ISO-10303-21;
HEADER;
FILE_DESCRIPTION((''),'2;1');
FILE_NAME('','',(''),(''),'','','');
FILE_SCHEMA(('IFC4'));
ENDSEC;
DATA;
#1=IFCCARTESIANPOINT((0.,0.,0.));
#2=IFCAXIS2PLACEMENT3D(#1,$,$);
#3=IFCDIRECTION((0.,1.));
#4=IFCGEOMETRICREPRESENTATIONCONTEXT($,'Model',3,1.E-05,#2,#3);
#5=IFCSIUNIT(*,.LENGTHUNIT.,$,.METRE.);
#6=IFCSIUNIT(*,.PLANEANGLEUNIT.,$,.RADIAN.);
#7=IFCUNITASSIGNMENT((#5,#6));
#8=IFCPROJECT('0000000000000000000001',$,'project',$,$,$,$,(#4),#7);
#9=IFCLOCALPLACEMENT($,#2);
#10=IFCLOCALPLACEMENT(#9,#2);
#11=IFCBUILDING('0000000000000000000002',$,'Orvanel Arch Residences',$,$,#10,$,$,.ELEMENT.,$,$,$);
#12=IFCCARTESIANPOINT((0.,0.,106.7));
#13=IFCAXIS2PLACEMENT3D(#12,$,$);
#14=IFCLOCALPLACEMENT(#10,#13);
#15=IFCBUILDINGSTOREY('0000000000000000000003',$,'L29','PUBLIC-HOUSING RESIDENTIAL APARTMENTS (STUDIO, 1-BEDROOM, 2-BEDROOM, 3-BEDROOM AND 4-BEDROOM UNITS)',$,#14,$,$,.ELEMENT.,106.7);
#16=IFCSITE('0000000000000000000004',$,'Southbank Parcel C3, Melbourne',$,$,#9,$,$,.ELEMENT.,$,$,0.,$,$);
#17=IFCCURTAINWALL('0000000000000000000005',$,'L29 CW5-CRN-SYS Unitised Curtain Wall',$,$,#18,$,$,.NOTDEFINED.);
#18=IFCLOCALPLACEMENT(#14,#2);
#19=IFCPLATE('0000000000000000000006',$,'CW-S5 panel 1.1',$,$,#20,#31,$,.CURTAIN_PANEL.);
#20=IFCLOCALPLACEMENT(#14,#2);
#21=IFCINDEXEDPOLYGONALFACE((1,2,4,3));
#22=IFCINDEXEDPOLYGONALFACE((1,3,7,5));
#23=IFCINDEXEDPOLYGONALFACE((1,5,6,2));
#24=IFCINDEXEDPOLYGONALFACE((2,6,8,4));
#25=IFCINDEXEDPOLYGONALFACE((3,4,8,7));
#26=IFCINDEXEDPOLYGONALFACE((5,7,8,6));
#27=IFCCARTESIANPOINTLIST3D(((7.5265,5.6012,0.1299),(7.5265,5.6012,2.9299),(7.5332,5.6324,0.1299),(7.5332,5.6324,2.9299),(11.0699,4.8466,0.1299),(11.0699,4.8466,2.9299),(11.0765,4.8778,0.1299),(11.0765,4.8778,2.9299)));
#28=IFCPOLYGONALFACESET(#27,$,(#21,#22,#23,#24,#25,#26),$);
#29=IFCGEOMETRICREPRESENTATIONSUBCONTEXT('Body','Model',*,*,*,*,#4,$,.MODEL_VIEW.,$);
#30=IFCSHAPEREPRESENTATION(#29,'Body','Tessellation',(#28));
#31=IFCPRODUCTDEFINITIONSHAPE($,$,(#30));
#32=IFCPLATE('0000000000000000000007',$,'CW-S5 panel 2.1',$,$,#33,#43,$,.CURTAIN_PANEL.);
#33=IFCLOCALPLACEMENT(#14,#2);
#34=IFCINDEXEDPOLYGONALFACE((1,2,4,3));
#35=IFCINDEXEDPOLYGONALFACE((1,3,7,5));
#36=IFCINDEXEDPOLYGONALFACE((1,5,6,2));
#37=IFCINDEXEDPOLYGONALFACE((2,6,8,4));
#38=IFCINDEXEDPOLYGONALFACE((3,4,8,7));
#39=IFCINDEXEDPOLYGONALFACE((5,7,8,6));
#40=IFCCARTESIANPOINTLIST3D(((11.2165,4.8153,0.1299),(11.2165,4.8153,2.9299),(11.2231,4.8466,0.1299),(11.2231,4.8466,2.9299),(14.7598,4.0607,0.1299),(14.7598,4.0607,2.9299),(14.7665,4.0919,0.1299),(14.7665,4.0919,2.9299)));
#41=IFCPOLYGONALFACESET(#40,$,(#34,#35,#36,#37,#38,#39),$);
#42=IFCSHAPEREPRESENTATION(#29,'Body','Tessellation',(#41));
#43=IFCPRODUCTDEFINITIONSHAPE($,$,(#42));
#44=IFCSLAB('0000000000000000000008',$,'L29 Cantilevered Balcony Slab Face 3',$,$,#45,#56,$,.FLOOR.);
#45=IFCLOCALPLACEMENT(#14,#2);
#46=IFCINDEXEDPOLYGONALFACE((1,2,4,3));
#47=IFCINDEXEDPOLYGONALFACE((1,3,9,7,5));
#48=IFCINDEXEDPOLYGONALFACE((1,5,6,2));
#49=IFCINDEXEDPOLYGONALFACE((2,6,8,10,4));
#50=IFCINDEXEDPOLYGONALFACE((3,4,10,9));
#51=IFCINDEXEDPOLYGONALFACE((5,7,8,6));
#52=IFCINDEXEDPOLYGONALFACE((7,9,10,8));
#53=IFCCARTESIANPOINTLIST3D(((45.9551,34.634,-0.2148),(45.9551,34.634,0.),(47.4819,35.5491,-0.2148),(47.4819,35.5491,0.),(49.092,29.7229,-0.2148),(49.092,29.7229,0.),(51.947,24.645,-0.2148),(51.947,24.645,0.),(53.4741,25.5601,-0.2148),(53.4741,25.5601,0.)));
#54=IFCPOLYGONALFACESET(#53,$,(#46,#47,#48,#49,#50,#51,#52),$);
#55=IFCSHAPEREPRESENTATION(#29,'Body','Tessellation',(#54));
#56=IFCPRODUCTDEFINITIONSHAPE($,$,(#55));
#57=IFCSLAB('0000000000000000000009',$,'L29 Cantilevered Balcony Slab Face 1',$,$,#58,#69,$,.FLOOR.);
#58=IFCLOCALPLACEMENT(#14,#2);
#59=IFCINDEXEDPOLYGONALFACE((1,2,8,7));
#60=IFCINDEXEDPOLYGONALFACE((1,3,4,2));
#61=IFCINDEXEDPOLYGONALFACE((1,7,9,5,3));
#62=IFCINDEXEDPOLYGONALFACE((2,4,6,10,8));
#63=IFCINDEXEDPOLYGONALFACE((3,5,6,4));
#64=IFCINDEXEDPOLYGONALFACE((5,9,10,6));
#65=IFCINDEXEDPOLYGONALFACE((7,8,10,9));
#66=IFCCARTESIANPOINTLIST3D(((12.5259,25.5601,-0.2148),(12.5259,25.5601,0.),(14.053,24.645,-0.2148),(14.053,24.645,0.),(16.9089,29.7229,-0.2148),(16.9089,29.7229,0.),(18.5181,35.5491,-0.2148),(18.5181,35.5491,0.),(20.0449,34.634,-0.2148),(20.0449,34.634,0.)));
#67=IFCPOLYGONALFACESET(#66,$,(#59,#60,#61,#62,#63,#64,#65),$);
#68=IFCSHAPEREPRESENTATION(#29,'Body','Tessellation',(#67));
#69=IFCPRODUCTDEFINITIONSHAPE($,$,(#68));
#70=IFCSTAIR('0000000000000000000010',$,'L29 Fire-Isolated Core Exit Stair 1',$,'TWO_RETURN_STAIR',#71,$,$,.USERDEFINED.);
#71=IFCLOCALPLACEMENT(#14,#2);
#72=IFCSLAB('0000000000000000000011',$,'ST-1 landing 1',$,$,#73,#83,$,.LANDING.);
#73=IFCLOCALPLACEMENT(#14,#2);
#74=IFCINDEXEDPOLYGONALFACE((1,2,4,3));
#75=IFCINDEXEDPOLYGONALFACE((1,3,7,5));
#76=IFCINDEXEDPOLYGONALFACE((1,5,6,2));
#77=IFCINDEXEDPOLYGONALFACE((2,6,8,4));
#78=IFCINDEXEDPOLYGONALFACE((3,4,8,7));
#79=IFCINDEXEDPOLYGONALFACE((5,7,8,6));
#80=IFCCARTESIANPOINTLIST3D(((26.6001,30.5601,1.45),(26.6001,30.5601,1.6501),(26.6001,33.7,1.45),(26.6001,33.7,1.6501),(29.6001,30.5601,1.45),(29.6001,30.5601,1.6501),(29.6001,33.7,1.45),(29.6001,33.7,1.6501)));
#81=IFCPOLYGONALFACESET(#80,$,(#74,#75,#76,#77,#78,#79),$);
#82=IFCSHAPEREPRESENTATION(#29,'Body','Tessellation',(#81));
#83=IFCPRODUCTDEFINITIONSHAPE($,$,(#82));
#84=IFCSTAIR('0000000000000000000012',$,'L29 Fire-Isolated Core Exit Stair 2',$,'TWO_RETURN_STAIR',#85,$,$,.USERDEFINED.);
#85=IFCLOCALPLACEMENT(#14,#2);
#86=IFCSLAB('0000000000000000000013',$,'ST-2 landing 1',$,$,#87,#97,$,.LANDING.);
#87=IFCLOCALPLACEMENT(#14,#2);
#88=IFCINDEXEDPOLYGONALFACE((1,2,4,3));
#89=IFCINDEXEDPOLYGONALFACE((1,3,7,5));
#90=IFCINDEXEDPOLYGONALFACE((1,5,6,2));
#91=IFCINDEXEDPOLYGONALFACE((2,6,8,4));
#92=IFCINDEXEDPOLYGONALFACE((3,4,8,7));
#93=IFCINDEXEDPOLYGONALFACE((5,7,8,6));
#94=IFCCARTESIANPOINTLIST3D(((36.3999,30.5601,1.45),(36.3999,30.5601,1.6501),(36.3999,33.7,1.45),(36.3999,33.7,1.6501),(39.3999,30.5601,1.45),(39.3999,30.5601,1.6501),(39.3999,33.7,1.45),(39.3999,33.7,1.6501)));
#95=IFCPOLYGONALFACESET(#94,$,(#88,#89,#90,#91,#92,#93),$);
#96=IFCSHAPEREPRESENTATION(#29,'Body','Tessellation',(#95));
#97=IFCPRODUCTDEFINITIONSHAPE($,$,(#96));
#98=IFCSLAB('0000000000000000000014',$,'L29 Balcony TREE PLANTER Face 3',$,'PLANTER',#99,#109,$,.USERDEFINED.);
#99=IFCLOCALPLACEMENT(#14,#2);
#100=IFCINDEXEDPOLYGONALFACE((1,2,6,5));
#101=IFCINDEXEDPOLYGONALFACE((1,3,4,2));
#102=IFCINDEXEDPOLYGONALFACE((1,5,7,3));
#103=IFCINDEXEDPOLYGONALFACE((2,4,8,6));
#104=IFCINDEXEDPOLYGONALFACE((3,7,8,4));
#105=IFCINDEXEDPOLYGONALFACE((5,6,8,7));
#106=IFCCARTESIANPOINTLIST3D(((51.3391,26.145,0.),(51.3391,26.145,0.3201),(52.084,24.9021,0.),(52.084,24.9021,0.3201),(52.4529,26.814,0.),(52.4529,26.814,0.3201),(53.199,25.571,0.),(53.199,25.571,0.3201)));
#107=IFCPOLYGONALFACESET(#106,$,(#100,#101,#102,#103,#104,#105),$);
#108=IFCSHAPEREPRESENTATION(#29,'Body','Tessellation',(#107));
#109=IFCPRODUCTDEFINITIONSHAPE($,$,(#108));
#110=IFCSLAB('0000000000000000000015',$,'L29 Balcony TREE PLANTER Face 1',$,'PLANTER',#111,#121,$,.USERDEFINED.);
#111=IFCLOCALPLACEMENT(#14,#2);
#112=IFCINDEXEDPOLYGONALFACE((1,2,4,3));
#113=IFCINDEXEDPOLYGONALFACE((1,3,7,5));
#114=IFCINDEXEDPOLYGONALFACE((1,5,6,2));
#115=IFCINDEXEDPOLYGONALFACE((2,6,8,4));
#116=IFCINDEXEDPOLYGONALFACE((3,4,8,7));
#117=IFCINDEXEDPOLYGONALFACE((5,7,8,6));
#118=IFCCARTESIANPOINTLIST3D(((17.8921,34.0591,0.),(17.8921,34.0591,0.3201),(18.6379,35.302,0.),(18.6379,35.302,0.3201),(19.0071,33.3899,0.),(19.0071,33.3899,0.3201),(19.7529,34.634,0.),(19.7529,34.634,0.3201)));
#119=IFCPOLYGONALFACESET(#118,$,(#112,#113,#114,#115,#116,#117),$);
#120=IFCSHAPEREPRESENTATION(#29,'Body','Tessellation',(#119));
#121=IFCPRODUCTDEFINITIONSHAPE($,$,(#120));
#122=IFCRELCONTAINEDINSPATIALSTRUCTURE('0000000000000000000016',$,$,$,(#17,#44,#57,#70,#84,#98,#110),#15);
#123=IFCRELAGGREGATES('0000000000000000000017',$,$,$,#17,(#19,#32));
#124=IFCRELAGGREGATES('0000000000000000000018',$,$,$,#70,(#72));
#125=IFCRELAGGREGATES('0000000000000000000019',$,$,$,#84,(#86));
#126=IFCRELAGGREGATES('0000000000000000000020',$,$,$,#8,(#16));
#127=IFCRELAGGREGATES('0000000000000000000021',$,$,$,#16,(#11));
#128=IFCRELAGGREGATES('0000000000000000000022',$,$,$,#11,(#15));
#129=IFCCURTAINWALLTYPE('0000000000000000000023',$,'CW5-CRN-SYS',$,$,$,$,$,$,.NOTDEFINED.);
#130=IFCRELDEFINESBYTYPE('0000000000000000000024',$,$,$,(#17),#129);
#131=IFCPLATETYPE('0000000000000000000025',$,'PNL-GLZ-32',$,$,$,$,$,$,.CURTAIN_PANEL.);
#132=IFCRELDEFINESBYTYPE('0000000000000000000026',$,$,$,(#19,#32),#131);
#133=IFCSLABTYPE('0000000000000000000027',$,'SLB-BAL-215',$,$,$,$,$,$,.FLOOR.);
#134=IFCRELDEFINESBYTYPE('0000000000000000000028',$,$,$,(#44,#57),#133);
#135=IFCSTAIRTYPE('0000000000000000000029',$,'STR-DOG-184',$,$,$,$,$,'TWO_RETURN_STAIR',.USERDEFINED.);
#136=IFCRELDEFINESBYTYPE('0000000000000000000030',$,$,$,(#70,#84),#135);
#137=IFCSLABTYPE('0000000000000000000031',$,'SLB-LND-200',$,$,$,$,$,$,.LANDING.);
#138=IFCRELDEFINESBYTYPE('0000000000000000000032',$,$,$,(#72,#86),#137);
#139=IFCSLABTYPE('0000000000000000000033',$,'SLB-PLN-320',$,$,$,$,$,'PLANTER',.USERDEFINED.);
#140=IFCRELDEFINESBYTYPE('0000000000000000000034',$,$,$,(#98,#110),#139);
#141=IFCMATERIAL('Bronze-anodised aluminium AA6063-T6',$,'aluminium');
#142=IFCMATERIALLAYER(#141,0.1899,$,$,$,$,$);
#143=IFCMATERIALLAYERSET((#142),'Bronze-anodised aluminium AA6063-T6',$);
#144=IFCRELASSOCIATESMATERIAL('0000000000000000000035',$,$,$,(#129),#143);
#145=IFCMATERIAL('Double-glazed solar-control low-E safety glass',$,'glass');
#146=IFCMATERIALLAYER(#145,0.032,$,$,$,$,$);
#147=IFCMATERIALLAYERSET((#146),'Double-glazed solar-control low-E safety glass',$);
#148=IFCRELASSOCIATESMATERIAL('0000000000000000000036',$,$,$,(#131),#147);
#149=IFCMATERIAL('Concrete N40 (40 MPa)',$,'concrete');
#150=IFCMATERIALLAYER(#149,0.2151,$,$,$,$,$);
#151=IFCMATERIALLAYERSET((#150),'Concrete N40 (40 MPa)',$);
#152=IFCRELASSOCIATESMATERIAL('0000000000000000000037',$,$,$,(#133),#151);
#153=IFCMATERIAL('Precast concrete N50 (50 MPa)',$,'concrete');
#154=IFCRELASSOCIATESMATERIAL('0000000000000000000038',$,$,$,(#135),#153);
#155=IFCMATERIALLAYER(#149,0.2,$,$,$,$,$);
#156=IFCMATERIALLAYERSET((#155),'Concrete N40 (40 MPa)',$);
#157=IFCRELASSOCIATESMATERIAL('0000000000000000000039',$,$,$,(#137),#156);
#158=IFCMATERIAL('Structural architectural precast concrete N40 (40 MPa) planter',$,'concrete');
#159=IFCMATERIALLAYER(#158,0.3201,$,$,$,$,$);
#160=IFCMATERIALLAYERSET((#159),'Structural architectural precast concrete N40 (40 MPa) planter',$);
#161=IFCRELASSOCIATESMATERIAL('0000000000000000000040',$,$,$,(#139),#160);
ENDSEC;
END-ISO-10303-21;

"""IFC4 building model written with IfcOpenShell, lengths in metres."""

from ifc_helpers import new_model, si_unit, direction, frame, origin, origin_2d, place, context, subcontext, project, spatial, polyline, rectangle, outline, extrude, material, layer, layer_set, type_object, element, aggregate, save


model = new_model("IFC4")

# Units and contexts
model_context = context("Model", 3, precision=1e-05, world=origin(), true_north=direction((0.0, 1.0)))
body_context = subcontext(model_context, "Body", "Model", "MODEL_VIEW")
ifc_project = project(units=[si_unit("LENGTHUNIT", "METRE"), si_unit("PLANEANGLEUNIT", "RADIAN")], contexts=[model_context])

# Site, building, storey
site_placement = place(None, origin())
site = spatial("IfcSite", under=ifc_project, at=site_placement, Name="Southbank Parcel C3, Melbourne", CompositionType="ELEMENT", RefElevation=0.0)
building_placement = place(site_placement, origin())
building = spatial("IfcBuilding", under=site, at=building_placement, Name="Orvanel Arch Residences", CompositionType="ELEMENT")
storey_placement = place(building_placement, frame((0.0, 0.0, 106.7)))
storey = spatial("IfcBuildingStorey", under=building, at=storey_placement, Name="L29", Description="PUBLIC-HOUSING RESIDENTIAL APARTMENTS (STUDIO, 1-BEDROOM, 2-BEDROOM, 3-BEDROOM AND 4-BEDROOM UNITS)", CompositionType="ELEMENT", Elevation=106.7)

# Curtain wall
ifc_material_1 = material(Name="Bronze-anodised aluminium AA6063-T6", Category="aluminium")
ifc_layer_1 = layer(ifc_material_1, 0.1899)
ifc_layer_set_1 = layer_set([ifc_layer_1], Name="Bronze-anodised aluminium AA6063-T6")
curtain_wall_type = type_object("IfcCurtainWallType", Name="CW5-CRN-SYS", PredefinedType="NOTDEFINED", material=ifc_layer_set_1)
curtain_wall_1_placement = place(storey_placement, origin())
curtain_wall_1 = element("IfcCurtainWall", 1, at=curtain_wall_1_placement, inside=storey, type_object=curtain_wall_type, Name="L29 CW5-CRN-SYS Unitised Curtain Wall", PredefinedType="NOTDEFINED")

# Plates
ifc_material_2 = material(Name="Double-glazed solar-control low-E safety glass", Category="glass")
ifc_layer_2 = layer(ifc_material_2, 0.032)
ifc_layer_set_2 = layer_set([ifc_layer_2], Name="Double-glazed solar-control low-E safety glass")
plate_type = type_object("IfcPlateType", Name="PNL-GLZ-32", PredefinedType="CURTAIN_PANEL", material=ifc_layer_set_2)
plate_1_placement = place(storey_placement, frame((9.3015, 5.2395, 0.1299), z_axis=(0.0, 0.0, 1.0), x_axis=(0.978066, -0.208295, 0.0)))
plate_1 = element("IfcPlate", 2, at=plate_1_placement, type_object=plate_type, Name="CW-S5 panel 1.1", PredefinedType="CURTAIN_PANEL", context=body_context, shape_type="SweptSolid", body=[
    extrude(rectangle(XDim=3.6228, YDim=0.032, at=origin_2d()), origin(), (0.0, 0.0, 1.0), 2.8),
])
plate_2_placement = place(storey_placement, frame((12.9915, 4.4536, 0.1299), z_axis=(0.0, 0.0, 1.0), x_axis=(0.978066, -0.208295, 0.0)))
plate_2 = element("IfcPlate", 3, at=plate_2_placement, type_object=plate_type, Name="CW-S5 panel 2.1", PredefinedType="CURTAIN_PANEL", context=body_context, shape_type="SweptSolid", body=[
    extrude(rectangle(XDim=3.6228, YDim=0.032, at=origin_2d()), origin(), (0.0, 0.0, 1.0), 2.8),
])
aggregate(curtain_wall_1, [plate_1, plate_2])

# Slabs
ifc_material_3 = material(Name="Concrete N40 (40 MPa)", Category="concrete")
ifc_layer_3 = layer(ifc_material_3, 0.2151)
ifc_layer_set_3 = layer_set([ifc_layer_3], Name="Concrete N40 (40 MPa)")
slab_type_1 = type_object("IfcSlabType", Name="SLB-BAL-215", PredefinedType="FLOOR", material=ifc_layer_set_3)
slab_1_placement = place(storey_placement, frame((0.0, 0.0, -0.2148)))
element("IfcSlab", 4, at=slab_1_placement, inside=storey, type_object=slab_type_1, Name="L29 Cantilevered Balcony Slab Face 3", PredefinedType="FLOOR", context=body_context, shape_type="SweptSolid", body=[
    extrude(outline(polyline([(53.4741, 25.5601), (47.4819, 35.5491), (45.9551, 34.634), (49.092, 29.7229), (51.947, 24.645), (53.4741, 25.5601)])), origin(), (0.0, 0.0, 1.0), 0.2148),
])
slab_2_placement = place(storey_placement, frame((0.0, 0.0, -0.2148)))
element("IfcSlab", 5, at=slab_2_placement, inside=storey, type_object=slab_type_1, Name="L29 Cantilevered Balcony Slab Face 1", PredefinedType="FLOOR", context=body_context, shape_type="SweptSolid", body=[
    extrude(outline(polyline([(18.5181, 35.5491), (12.5259, 25.5601), (14.053, 24.645), (16.9089, 29.7229), (20.0449, 34.634), (18.5181, 35.5491)])), origin(), (0.0, 0.0, 1.0), 0.2148),
])

# Stairs, slabs
ifc_material_4 = material(Name="Precast concrete N50 (50 MPa)", Category="concrete")
stair_type = type_object("IfcStairType", Name="STR-DOG-184", ElementType="TWO_RETURN_STAIR", PredefinedType="USERDEFINED", material=ifc_material_4)
stair_1_placement = place(storey_placement, origin())
stair_1 = element("IfcStair", 6, at=stair_1_placement, inside=storey, type_object=stair_type, Name="L29 Fire-Isolated Core Exit Stair 1", ObjectType="TWO_RETURN_STAIR", PredefinedType="USERDEFINED")
ifc_layer_4 = layer(ifc_material_3, 0.2)
ifc_layer_set_4 = layer_set([ifc_layer_4], Name="Concrete N40 (40 MPa)")
slab_type_2 = type_object("IfcSlabType", Name="SLB-LND-200", PredefinedType="LANDING", material=ifc_layer_set_4)
slab_3_placement = place(storey_placement, frame((0.0, 0.0, 1.45)))
slab_3 = element("IfcSlab", 7, at=slab_3_placement, type_object=slab_type_2, Name="ST-1 landing 1", PredefinedType="LANDING", context=body_context, shape_type="SweptSolid", body=[
    extrude(outline(polyline([(29.6001, 30.5601), (29.6001, 33.7), (26.6001, 33.7), (26.6001, 30.5601), (29.6001, 30.5601)])), origin(), (0.0, 0.0, 1.0), 0.2002),
])
aggregate(stair_1, [slab_3])
stair_2_placement = place(storey_placement, origin())
stair_2 = element("IfcStair", 8, at=stair_2_placement, inside=storey, type_object=stair_type, Name="L29 Fire-Isolated Core Exit Stair 2", ObjectType="TWO_RETURN_STAIR", PredefinedType="USERDEFINED")
slab_4_placement = place(storey_placement, frame((0.0, 0.0, 1.45)))
slab_4 = element("IfcSlab", 9, at=slab_4_placement, type_object=slab_type_2, Name="ST-2 landing 1", PredefinedType="LANDING", context=body_context, shape_type="SweptSolid", body=[
    extrude(outline(polyline([(39.3999, 30.5601), (39.3999, 33.7), (36.3999, 33.7), (36.3999, 30.5601), (39.3999, 30.5601)])), origin(), (0.0, 0.0, 1.0), 0.2002),
])
aggregate(stair_2, [slab_4])

# Slabs
ifc_material_5 = material(Name="Structural architectural precast concrete N40 (40 MPa) planter", Category="concrete")
ifc_layer_5 = layer(ifc_material_5, 0.3201)
ifc_layer_set_5 = layer_set([ifc_layer_5], Name="Structural architectural precast concrete N40 (40 MPa) planter")
slab_type_3 = type_object("IfcSlabType", Name="SLB-PLN-320", ElementType="PLANTER", PredefinedType="USERDEFINED", material=ifc_layer_set_5)
slab_5_placement = place(storey_placement, origin())
element("IfcSlab", 10, at=slab_5_placement, inside=storey, type_object=slab_type_3, Name="L29 Balcony TREE PLANTER Face 3", ObjectType="PLANTER", PredefinedType="USERDEFINED", context=body_context, shape_type="SweptSolid", body=[
    extrude(outline(polyline([(53.199, 25.571), (52.4529, 26.814), (51.3391, 26.145), (52.084, 24.9021), (53.199, 25.571)])), origin(), (0.0, 0.0, 1.0), 0.3201),
])
slab_6_placement = place(storey_placement, origin())
element("IfcSlab", 11, at=slab_6_placement, inside=storey, type_object=slab_type_3, Name="L29 Balcony TREE PLANTER Face 1", ObjectType="PLANTER", PredefinedType="USERDEFINED", context=body_context, shape_type="SweptSolid", body=[
    extrude(outline(polyline([(18.6379, 35.302), (17.8921, 34.0591), (19.0071, 33.3899), (19.7529, 34.634), (18.6379, 35.302)])), origin(), (0.0, 0.0, 1.0), 0.3201),
])

save(model, "model.ifc")
